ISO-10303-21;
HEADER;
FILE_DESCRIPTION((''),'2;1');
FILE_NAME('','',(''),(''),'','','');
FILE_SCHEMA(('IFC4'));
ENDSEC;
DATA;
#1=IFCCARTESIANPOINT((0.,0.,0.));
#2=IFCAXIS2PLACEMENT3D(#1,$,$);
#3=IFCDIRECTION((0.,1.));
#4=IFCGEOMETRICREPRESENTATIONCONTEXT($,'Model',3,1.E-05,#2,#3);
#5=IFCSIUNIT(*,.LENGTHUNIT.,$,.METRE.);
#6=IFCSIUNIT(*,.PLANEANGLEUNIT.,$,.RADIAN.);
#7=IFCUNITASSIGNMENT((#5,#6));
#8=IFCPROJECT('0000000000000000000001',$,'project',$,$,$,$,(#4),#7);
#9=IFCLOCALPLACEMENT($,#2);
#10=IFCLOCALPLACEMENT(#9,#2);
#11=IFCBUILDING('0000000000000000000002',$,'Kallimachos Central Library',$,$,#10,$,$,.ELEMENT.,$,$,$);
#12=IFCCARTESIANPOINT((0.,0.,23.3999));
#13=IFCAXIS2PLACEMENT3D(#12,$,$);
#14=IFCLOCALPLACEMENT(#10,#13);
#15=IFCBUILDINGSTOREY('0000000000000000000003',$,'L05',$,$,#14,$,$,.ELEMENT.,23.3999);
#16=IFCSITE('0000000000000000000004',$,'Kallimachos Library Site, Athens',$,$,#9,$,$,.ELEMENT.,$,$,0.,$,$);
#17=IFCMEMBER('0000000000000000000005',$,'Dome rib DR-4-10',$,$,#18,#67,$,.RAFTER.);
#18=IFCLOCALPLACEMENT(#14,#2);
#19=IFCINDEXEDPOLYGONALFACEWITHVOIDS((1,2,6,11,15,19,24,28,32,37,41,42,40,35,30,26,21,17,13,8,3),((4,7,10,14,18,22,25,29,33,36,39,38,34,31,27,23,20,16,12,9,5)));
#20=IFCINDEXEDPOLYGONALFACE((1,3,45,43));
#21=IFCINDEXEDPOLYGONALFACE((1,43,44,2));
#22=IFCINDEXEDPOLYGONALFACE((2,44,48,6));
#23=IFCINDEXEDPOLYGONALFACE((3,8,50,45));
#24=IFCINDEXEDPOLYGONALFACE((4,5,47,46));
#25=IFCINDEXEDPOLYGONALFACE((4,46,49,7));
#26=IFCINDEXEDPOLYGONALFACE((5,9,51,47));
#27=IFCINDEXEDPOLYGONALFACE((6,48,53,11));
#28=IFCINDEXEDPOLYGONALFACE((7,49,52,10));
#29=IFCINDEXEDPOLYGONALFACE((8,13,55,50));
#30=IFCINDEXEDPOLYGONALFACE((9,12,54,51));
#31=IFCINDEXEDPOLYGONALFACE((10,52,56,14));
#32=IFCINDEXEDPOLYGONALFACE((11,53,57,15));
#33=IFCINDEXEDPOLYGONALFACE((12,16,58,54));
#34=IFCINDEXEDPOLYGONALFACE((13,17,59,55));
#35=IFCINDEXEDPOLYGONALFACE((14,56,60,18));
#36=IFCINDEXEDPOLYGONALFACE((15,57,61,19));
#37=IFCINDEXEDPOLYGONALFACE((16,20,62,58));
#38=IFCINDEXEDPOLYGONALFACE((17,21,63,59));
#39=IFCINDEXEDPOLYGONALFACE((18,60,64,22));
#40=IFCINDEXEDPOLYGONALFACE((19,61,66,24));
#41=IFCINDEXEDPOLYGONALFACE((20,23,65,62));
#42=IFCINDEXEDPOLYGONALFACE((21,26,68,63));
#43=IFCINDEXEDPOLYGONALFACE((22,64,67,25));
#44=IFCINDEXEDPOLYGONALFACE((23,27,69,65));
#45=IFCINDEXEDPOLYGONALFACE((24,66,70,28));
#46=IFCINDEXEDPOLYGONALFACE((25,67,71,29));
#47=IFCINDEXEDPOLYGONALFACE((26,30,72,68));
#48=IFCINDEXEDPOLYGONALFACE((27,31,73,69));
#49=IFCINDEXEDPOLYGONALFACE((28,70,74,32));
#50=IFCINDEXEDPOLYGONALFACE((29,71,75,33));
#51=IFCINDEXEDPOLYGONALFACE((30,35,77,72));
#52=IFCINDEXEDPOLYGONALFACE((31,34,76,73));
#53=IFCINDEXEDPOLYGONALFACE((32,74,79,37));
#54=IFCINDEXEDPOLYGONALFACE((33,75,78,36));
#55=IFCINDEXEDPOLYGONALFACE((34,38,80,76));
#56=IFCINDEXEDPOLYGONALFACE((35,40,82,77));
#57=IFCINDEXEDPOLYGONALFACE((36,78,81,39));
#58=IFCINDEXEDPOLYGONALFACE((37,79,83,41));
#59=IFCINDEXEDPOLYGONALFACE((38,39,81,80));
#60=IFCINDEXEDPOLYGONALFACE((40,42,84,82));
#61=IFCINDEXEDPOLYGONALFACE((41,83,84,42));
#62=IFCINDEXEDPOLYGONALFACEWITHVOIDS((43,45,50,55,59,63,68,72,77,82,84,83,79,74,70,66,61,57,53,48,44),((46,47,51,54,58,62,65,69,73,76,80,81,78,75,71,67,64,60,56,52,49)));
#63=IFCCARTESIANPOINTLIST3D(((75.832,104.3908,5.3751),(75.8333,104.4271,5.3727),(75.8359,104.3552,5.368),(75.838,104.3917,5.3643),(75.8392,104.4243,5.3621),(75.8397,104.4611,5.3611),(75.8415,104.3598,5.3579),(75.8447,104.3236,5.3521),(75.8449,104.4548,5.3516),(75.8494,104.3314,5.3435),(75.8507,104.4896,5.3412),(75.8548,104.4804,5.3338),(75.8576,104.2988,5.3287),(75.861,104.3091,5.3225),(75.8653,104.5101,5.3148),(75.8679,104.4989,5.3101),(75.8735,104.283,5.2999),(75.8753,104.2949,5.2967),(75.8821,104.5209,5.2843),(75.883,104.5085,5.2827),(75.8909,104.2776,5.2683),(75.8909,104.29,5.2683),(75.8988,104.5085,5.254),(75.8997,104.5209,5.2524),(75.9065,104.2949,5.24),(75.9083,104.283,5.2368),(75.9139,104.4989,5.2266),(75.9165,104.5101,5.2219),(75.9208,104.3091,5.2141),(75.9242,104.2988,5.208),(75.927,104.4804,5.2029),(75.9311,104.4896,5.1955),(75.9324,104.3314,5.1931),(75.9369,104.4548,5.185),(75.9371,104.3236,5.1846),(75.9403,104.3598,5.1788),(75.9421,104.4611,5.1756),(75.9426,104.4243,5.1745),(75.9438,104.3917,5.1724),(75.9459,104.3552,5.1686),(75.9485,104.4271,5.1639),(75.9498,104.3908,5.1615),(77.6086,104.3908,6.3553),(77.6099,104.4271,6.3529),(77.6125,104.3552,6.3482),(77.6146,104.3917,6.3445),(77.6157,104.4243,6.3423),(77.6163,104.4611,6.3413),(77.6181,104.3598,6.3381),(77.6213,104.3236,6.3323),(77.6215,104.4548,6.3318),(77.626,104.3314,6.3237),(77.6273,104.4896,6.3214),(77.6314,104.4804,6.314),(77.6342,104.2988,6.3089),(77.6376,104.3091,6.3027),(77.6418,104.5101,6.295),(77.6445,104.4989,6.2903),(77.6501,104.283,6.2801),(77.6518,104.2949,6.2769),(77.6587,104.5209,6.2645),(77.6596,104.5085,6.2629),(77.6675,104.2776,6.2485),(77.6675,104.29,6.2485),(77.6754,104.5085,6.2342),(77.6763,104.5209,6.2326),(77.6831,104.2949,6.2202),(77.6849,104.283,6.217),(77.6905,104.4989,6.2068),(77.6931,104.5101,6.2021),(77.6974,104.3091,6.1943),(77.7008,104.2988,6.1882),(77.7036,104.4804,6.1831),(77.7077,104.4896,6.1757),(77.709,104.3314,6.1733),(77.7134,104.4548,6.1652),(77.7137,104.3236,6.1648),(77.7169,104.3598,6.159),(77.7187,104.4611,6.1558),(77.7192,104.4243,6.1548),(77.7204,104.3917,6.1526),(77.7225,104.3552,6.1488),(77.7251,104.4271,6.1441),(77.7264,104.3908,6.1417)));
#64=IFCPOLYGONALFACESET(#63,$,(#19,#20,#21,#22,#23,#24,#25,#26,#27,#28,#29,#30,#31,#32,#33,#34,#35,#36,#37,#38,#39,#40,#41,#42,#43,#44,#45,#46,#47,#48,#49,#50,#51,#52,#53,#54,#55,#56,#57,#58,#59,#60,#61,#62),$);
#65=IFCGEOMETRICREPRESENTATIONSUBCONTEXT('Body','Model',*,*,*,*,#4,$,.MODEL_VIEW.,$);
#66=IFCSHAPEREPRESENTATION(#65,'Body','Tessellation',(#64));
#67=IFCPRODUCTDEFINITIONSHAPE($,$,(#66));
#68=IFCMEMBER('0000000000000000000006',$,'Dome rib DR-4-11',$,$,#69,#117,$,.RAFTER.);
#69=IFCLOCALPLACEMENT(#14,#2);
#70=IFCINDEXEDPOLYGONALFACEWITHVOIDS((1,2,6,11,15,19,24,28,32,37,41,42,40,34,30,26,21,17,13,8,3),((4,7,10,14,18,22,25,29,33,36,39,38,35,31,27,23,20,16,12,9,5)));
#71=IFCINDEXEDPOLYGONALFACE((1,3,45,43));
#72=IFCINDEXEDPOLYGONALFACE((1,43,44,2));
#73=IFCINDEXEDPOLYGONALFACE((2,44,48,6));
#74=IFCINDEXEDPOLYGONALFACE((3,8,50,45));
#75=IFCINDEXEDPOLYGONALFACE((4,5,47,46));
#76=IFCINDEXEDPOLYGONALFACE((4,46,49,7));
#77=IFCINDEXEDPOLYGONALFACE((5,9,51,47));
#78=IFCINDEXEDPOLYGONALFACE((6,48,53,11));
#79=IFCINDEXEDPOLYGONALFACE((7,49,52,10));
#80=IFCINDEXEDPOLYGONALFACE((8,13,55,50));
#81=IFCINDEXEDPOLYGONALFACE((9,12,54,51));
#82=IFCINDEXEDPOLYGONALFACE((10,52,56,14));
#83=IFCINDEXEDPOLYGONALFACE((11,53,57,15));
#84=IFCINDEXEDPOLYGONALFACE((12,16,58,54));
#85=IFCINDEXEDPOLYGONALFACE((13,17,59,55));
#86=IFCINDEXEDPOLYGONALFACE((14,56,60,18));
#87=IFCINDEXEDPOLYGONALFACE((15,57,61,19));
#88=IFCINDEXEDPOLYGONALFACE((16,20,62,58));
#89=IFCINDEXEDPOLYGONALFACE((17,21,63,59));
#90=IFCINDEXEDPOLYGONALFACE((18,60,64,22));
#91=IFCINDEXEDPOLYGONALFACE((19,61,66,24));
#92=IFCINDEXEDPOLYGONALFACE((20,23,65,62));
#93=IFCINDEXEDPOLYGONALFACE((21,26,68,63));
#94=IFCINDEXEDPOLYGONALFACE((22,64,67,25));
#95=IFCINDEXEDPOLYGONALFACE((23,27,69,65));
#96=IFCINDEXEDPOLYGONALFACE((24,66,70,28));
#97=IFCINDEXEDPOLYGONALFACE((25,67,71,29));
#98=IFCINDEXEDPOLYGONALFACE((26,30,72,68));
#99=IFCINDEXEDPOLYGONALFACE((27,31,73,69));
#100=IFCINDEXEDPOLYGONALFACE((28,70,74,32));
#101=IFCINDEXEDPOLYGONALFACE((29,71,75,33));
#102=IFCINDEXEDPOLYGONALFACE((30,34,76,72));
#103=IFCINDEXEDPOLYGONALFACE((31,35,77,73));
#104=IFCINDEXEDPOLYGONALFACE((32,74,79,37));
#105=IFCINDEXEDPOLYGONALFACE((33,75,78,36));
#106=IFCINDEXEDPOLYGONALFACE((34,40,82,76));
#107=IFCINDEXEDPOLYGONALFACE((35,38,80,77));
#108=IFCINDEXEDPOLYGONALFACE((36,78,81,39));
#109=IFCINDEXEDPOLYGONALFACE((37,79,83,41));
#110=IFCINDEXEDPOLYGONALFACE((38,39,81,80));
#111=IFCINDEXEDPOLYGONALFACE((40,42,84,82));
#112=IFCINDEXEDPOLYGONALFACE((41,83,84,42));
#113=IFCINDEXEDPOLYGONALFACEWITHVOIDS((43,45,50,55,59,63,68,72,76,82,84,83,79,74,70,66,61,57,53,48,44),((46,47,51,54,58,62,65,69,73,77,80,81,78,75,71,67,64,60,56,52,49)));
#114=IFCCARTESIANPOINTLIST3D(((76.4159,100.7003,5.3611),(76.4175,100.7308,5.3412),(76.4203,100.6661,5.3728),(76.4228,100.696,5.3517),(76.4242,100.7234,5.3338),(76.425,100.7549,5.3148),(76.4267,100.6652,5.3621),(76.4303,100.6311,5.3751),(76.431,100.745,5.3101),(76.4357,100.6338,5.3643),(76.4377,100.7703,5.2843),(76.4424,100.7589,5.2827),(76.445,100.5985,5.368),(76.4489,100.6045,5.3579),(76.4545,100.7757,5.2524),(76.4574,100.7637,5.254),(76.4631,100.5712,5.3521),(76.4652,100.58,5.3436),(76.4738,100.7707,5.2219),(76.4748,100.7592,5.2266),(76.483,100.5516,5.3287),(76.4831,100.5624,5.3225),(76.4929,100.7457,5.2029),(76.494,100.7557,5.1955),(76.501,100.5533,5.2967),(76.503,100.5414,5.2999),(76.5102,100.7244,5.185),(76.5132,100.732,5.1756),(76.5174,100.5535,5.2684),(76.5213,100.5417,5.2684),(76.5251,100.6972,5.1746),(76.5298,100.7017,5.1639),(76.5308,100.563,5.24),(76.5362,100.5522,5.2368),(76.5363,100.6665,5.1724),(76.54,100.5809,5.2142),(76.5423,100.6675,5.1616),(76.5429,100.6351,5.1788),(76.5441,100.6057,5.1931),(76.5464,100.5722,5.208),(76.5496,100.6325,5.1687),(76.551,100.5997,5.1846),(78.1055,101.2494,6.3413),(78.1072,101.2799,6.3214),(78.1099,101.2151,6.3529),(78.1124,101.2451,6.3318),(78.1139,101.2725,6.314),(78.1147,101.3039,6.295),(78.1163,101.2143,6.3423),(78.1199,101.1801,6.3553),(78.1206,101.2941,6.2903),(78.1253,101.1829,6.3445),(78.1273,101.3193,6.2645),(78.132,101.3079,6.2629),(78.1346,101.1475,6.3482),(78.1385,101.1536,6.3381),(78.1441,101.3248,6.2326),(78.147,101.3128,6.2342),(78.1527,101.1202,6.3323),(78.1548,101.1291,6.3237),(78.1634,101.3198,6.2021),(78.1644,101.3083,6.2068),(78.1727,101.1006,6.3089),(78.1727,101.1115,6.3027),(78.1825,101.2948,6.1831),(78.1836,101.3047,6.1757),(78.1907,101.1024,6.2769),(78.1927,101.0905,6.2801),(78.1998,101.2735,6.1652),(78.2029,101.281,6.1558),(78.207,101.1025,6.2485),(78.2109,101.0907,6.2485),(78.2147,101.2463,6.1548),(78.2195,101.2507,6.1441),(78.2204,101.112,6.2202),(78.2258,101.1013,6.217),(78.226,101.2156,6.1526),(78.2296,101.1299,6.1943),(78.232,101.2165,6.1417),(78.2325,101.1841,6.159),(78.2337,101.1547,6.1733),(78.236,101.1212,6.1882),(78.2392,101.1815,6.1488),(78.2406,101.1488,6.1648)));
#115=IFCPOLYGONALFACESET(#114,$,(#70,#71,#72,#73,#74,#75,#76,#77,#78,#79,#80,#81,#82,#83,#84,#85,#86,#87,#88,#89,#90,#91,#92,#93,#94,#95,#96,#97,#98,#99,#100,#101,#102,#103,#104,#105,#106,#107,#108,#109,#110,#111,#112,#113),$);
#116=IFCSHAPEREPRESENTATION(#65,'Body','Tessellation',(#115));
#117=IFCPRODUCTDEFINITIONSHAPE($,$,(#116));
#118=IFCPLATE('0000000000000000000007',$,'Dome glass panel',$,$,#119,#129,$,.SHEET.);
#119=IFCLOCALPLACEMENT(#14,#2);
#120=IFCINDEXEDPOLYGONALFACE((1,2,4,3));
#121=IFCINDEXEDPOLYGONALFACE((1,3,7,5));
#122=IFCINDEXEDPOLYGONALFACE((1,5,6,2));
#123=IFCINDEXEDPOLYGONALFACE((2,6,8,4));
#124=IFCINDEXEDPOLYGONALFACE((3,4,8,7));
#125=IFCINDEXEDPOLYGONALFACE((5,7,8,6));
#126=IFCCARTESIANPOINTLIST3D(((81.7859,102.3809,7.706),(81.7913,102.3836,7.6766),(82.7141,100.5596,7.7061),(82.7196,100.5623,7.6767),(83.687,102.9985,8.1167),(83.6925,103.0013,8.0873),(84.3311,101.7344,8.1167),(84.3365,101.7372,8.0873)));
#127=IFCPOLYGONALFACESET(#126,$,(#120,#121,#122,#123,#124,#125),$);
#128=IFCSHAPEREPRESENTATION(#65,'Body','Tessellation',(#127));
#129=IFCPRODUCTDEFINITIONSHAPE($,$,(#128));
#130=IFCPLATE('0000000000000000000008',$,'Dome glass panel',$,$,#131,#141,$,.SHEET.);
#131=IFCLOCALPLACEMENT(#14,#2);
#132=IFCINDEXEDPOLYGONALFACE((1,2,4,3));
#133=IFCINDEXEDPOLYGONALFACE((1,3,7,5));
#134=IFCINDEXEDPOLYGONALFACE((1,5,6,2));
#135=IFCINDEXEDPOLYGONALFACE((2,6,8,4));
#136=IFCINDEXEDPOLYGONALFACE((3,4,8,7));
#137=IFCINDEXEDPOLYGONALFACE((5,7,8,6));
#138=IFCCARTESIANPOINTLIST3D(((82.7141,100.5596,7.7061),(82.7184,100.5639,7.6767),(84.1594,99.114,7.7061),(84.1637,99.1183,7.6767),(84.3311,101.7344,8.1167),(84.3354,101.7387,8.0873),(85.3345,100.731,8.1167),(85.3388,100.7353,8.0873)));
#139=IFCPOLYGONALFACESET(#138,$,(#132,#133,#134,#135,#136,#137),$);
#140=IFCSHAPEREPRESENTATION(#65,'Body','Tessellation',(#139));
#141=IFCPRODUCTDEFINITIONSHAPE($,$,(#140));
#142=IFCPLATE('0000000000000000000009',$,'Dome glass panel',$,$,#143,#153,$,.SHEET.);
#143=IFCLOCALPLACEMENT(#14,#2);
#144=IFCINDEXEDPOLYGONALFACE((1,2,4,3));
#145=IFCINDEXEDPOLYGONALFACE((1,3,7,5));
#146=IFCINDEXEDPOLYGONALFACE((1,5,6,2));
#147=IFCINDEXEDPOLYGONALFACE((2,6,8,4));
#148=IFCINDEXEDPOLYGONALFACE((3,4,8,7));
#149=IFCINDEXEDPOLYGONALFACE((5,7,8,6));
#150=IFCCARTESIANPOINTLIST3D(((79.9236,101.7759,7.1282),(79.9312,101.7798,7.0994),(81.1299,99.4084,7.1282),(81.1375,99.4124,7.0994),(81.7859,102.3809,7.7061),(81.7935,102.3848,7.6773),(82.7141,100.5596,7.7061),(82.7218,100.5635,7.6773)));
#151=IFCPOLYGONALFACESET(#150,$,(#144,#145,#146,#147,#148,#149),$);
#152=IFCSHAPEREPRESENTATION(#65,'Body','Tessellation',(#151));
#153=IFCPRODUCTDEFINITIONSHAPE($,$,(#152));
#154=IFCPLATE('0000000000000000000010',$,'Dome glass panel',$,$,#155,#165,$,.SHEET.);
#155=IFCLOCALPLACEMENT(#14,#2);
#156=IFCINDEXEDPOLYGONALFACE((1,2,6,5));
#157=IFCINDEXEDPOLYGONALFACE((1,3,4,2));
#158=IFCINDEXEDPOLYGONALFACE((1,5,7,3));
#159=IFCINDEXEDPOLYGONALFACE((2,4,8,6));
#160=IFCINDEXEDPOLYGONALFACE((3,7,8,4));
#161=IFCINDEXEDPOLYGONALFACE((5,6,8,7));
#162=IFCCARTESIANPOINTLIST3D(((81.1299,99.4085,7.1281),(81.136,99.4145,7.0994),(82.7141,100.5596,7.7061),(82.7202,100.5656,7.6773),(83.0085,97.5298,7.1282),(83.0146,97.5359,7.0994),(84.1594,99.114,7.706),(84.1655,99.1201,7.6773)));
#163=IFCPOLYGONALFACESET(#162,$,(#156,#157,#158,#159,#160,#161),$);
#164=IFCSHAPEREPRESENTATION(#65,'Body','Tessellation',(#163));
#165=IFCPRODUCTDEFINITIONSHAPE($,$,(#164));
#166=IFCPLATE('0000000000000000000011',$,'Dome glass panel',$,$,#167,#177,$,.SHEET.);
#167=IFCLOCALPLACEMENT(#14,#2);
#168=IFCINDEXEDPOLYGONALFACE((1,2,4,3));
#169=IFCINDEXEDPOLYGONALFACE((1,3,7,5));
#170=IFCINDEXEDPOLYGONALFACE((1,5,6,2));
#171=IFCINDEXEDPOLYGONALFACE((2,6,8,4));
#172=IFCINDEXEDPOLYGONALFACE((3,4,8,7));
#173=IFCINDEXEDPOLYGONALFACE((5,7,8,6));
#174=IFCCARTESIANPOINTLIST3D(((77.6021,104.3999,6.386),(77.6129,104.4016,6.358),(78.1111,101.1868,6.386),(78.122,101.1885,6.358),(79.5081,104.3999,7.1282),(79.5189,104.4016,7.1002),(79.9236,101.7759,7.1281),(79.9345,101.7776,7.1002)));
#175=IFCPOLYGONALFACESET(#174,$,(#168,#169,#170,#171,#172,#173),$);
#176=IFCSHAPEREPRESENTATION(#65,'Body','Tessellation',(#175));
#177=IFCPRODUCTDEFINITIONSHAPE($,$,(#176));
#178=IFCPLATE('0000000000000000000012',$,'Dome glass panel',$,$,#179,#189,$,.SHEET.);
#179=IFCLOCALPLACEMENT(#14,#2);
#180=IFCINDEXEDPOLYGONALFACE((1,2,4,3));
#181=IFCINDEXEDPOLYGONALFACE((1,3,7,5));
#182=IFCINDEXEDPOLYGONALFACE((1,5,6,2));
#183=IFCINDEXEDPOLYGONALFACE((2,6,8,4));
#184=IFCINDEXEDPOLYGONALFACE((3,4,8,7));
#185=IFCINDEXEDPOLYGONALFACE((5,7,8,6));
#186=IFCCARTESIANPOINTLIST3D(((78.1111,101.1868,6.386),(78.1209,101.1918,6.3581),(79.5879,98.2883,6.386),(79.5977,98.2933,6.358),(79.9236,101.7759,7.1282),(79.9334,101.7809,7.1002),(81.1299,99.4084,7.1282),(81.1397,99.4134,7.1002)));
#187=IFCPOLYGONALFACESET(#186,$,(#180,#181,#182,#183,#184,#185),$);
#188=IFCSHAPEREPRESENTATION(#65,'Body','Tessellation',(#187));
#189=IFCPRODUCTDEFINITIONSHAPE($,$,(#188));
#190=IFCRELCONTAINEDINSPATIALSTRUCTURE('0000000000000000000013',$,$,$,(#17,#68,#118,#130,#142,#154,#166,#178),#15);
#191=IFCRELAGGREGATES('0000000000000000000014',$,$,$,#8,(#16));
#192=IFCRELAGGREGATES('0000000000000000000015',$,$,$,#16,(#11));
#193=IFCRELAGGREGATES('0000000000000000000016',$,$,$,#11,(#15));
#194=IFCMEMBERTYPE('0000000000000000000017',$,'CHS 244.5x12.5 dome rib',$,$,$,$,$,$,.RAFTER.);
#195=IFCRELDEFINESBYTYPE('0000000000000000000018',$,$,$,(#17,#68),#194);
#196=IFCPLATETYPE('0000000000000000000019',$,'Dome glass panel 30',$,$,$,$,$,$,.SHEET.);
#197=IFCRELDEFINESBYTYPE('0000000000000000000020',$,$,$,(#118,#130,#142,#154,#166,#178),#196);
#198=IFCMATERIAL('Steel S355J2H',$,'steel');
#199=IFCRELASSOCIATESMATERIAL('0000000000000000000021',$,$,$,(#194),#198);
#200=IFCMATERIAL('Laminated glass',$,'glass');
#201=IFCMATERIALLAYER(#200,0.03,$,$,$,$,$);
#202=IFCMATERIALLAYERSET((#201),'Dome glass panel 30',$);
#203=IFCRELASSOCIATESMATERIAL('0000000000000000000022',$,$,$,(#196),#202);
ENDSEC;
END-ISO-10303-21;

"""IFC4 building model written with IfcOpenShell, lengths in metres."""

from ifc_helpers import new_model, si_unit, direction, frame, origin, origin_2d, place, context, subcontext, project, spatial, polyline, hollow_circle, outline, extrude, material, layer, layer_set, material_profile, profile_set, type_object, element, save


model = new_model("IFC4")

# Units and contexts
model_context = context("Model", 3, precision=1e-05, world=origin(), true_north=direction((0.0, 1.0)))
body_context = subcontext(model_context, "Body", "Model", "MODEL_VIEW")
ifc_project = project(units=[si_unit("LENGTHUNIT", "METRE"), si_unit("PLANEANGLEUNIT", "RADIAN")], contexts=[model_context])

# Site, building, storey
site_placement = place(None, origin())
site = spatial("IfcSite", under=ifc_project, at=site_placement, Name="Kallimachos Library Site, Athens", CompositionType="ELEMENT", RefElevation=0.0)
building_placement = place(site_placement, origin())
building = spatial("IfcBuilding", under=site, at=building_placement, Name="Kallimachos Central Library", CompositionType="ELEMENT")
storey_placement = place(building_placement, frame((0.0, 0.0, 23.3999)))
storey = spatial("IfcBuildingStorey", under=building, at=storey_placement, Name="L05", CompositionType="ELEMENT", Elevation=23.3999)

# Members
ifc_material_1 = material(Name="Steel S355J2H", Category="steel")
ifc_material_profile_1 = material_profile(ifc_material_1, hollow_circle(Radius=0.1223, WallThickness=0.0125, at=origin_2d()), Name="CHS 244.5x12.5")
ifc_profile_set_1 = profile_set([ifc_material_profile_1], Name="Steel S355J2H")
member_type_1 = type_object("IfcMemberType", Name="CHS 244.5x12.5 dome rib", PredefinedType="RAFTER", material=ifc_profile_set_1)
for number, where, z_axis, x_axis, name in (
    (1, (77.6675, 104.3999, 6.2485), (-0.875572, 0.0, -0.483087), (0.0, -1.0, 0.0), "Dome rib DR-4-10"),
    (2, (78.1731, 101.207, 6.2485), (-0.832717, -0.270594, -0.483075), (0.309046, -0.951047, 0.0), "Dome rib DR-4-11"),
):
    element("IfcMember", number, at=place(storey_placement, frame(where, z_axis=z_axis, x_axis=x_axis)), inside=storey, type_object=member_type_1, Name=name, PredefinedType="RAFTER", context=body_context, shape_type="SweptSolid", body=[
        extrude(hollow_circle(Radius=0.1223, WallThickness=0.0125, at=origin_2d()), origin(), (0.0, 0.0, 1.0), 2.0291),
    ])

# Plates
ifc_material_2 = material(Name="Laminated glass", Category="glass")
ifc_layer = layer(ifc_material_2, 0.03)
ifc_layer_set = layer_set([ifc_layer], Name="Dome glass panel 30")
plate_type = type_object("IfcPlateType", Name="Dome glass panel 30", PredefinedType="SHEET", material=ifc_layer_set)
plate_1_placement = place(storey_placement, frame((83.687, 102.9985, 8.1167), z_axis=(-0.181447, -0.092461, 0.979044), x_axis=(-0.931605, -0.302679, -0.20124)))
element("IfcPlate", 3, at=plate_1_placement, inside=storey, type_object=plate_type, Name="Dome glass panel", PredefinedType="SHEET", context=body_context, shape_type="SweptSolid", body=[
    extrude(outline(polyline([(0.0, 0.0), (2.0407, 0.0), (1.7272, 2.02), (-0.2174, 1.402), (0.0, 0.0)])), origin(), (0.0, 0.0, -1.0), 0.03),
])
plate_2_placement = place(storey_placement, frame((84.3311, 101.7344, 8.1167), z_axis=(-0.144011, -0.143996, 0.979043), x_axis=(-0.792458, -0.575768, -0.201248)))
element("IfcPlate", 4, at=plate_2_placement, inside=storey, type_object=plate_type, Name="Dome glass panel", PredefinedType="SHEET", context=body_context, shape_type="SweptSolid", body=[
    extrude(outline(polyline([(0.0, 0.0), (2.0404, 0.0), (1.7274, 2.02), (-0.2174, 1.4023), (0.0, 0.0)])), origin(), (0.0, 0.0, -1.0), 0.03),
])
plate_3_placement = place(storey_placement, frame((81.7859, 102.3809, 7.7061), z_axis=(-0.255075, -0.129983, 0.958145), x_axis=(-0.912183, -0.296329, -0.283039)))
element("IfcPlate", 5, at=plate_3_placement, inside=storey, type_object=plate_type, Name="Dome glass panel", PredefinedType="SHEET", context=body_context, shape_type="SweptSolid", body=[
    extrude(outline(polyline([(0.0, 0.0), (2.0416, 0.0), (1.6428, 2.6269), (-0.307, 2.021), (0.0, 0.0)])), origin(), (0.0, 0.0, -1.0), 0.03),
])
plate_4_placement = place(storey_placement, frame((82.7141, 100.5596, 7.7061), z_axis=(-0.202438, -0.202423, 0.958146), x_axis=(-0.775908, -0.563785, -0.283043)))
element("IfcPlate", 6, at=plate_4_placement, inside=storey, type_object=plate_type, Name="Dome glass panel", PredefinedType="SHEET", context=body_context, shape_type="SweptSolid", body=[
    extrude(outline(polyline([(0.0, 0.0), (2.0418, 0.0), (1.6433, 2.6268), (-0.3064, 2.0211), (0.0, 0.0)])), origin(), (0.0, 0.0, -1.0), 0.03),
])
plate_5_placement = place(storey_placement, frame((79.5081, 104.3999, 7.1282), z_axis=(-0.362273, -0.057381, 0.930304), x_axis=(-0.931839, 0.000001, -0.362871)))
element("IfcPlate", 7, at=plate_5_placement, inside=storey, type_object=plate_type, Name="Dome glass panel", PredefinedType="SHEET", context=body_context, shape_type="SweptSolid", body=[
    extrude(outline(polyline([(0.0, 0.0), (2.0454, 0.0), (1.5711, 3.2184), (-0.3872, 2.6284), (0.0, 0.0)])), origin(), (0.0, 0.0, -1.0), 0.03),
])
plate_6_placement = place(storey_placement, frame((79.9236, 101.7759, 7.1282), z_axis=(-0.326814, -0.166521, 0.930303), x_axis=(-0.886201, -0.288039, -0.362879)))
element("IfcPlate", 8, at=plate_6_placement, inside=storey, type_object=plate_type, Name="Dome glass panel", PredefinedType="SHEET", context=body_context, shape_type="SweptSolid", body=[
    extrude(outline(polyline([(0.0, 0.0), (2.0453, 0.0), (1.5714, 3.2183), (-0.3871, 2.6287), (0.0, 0.0)])), origin(), (0.0, 0.0, -1.0), 0.03),
])

save(model, "model.ifc")
